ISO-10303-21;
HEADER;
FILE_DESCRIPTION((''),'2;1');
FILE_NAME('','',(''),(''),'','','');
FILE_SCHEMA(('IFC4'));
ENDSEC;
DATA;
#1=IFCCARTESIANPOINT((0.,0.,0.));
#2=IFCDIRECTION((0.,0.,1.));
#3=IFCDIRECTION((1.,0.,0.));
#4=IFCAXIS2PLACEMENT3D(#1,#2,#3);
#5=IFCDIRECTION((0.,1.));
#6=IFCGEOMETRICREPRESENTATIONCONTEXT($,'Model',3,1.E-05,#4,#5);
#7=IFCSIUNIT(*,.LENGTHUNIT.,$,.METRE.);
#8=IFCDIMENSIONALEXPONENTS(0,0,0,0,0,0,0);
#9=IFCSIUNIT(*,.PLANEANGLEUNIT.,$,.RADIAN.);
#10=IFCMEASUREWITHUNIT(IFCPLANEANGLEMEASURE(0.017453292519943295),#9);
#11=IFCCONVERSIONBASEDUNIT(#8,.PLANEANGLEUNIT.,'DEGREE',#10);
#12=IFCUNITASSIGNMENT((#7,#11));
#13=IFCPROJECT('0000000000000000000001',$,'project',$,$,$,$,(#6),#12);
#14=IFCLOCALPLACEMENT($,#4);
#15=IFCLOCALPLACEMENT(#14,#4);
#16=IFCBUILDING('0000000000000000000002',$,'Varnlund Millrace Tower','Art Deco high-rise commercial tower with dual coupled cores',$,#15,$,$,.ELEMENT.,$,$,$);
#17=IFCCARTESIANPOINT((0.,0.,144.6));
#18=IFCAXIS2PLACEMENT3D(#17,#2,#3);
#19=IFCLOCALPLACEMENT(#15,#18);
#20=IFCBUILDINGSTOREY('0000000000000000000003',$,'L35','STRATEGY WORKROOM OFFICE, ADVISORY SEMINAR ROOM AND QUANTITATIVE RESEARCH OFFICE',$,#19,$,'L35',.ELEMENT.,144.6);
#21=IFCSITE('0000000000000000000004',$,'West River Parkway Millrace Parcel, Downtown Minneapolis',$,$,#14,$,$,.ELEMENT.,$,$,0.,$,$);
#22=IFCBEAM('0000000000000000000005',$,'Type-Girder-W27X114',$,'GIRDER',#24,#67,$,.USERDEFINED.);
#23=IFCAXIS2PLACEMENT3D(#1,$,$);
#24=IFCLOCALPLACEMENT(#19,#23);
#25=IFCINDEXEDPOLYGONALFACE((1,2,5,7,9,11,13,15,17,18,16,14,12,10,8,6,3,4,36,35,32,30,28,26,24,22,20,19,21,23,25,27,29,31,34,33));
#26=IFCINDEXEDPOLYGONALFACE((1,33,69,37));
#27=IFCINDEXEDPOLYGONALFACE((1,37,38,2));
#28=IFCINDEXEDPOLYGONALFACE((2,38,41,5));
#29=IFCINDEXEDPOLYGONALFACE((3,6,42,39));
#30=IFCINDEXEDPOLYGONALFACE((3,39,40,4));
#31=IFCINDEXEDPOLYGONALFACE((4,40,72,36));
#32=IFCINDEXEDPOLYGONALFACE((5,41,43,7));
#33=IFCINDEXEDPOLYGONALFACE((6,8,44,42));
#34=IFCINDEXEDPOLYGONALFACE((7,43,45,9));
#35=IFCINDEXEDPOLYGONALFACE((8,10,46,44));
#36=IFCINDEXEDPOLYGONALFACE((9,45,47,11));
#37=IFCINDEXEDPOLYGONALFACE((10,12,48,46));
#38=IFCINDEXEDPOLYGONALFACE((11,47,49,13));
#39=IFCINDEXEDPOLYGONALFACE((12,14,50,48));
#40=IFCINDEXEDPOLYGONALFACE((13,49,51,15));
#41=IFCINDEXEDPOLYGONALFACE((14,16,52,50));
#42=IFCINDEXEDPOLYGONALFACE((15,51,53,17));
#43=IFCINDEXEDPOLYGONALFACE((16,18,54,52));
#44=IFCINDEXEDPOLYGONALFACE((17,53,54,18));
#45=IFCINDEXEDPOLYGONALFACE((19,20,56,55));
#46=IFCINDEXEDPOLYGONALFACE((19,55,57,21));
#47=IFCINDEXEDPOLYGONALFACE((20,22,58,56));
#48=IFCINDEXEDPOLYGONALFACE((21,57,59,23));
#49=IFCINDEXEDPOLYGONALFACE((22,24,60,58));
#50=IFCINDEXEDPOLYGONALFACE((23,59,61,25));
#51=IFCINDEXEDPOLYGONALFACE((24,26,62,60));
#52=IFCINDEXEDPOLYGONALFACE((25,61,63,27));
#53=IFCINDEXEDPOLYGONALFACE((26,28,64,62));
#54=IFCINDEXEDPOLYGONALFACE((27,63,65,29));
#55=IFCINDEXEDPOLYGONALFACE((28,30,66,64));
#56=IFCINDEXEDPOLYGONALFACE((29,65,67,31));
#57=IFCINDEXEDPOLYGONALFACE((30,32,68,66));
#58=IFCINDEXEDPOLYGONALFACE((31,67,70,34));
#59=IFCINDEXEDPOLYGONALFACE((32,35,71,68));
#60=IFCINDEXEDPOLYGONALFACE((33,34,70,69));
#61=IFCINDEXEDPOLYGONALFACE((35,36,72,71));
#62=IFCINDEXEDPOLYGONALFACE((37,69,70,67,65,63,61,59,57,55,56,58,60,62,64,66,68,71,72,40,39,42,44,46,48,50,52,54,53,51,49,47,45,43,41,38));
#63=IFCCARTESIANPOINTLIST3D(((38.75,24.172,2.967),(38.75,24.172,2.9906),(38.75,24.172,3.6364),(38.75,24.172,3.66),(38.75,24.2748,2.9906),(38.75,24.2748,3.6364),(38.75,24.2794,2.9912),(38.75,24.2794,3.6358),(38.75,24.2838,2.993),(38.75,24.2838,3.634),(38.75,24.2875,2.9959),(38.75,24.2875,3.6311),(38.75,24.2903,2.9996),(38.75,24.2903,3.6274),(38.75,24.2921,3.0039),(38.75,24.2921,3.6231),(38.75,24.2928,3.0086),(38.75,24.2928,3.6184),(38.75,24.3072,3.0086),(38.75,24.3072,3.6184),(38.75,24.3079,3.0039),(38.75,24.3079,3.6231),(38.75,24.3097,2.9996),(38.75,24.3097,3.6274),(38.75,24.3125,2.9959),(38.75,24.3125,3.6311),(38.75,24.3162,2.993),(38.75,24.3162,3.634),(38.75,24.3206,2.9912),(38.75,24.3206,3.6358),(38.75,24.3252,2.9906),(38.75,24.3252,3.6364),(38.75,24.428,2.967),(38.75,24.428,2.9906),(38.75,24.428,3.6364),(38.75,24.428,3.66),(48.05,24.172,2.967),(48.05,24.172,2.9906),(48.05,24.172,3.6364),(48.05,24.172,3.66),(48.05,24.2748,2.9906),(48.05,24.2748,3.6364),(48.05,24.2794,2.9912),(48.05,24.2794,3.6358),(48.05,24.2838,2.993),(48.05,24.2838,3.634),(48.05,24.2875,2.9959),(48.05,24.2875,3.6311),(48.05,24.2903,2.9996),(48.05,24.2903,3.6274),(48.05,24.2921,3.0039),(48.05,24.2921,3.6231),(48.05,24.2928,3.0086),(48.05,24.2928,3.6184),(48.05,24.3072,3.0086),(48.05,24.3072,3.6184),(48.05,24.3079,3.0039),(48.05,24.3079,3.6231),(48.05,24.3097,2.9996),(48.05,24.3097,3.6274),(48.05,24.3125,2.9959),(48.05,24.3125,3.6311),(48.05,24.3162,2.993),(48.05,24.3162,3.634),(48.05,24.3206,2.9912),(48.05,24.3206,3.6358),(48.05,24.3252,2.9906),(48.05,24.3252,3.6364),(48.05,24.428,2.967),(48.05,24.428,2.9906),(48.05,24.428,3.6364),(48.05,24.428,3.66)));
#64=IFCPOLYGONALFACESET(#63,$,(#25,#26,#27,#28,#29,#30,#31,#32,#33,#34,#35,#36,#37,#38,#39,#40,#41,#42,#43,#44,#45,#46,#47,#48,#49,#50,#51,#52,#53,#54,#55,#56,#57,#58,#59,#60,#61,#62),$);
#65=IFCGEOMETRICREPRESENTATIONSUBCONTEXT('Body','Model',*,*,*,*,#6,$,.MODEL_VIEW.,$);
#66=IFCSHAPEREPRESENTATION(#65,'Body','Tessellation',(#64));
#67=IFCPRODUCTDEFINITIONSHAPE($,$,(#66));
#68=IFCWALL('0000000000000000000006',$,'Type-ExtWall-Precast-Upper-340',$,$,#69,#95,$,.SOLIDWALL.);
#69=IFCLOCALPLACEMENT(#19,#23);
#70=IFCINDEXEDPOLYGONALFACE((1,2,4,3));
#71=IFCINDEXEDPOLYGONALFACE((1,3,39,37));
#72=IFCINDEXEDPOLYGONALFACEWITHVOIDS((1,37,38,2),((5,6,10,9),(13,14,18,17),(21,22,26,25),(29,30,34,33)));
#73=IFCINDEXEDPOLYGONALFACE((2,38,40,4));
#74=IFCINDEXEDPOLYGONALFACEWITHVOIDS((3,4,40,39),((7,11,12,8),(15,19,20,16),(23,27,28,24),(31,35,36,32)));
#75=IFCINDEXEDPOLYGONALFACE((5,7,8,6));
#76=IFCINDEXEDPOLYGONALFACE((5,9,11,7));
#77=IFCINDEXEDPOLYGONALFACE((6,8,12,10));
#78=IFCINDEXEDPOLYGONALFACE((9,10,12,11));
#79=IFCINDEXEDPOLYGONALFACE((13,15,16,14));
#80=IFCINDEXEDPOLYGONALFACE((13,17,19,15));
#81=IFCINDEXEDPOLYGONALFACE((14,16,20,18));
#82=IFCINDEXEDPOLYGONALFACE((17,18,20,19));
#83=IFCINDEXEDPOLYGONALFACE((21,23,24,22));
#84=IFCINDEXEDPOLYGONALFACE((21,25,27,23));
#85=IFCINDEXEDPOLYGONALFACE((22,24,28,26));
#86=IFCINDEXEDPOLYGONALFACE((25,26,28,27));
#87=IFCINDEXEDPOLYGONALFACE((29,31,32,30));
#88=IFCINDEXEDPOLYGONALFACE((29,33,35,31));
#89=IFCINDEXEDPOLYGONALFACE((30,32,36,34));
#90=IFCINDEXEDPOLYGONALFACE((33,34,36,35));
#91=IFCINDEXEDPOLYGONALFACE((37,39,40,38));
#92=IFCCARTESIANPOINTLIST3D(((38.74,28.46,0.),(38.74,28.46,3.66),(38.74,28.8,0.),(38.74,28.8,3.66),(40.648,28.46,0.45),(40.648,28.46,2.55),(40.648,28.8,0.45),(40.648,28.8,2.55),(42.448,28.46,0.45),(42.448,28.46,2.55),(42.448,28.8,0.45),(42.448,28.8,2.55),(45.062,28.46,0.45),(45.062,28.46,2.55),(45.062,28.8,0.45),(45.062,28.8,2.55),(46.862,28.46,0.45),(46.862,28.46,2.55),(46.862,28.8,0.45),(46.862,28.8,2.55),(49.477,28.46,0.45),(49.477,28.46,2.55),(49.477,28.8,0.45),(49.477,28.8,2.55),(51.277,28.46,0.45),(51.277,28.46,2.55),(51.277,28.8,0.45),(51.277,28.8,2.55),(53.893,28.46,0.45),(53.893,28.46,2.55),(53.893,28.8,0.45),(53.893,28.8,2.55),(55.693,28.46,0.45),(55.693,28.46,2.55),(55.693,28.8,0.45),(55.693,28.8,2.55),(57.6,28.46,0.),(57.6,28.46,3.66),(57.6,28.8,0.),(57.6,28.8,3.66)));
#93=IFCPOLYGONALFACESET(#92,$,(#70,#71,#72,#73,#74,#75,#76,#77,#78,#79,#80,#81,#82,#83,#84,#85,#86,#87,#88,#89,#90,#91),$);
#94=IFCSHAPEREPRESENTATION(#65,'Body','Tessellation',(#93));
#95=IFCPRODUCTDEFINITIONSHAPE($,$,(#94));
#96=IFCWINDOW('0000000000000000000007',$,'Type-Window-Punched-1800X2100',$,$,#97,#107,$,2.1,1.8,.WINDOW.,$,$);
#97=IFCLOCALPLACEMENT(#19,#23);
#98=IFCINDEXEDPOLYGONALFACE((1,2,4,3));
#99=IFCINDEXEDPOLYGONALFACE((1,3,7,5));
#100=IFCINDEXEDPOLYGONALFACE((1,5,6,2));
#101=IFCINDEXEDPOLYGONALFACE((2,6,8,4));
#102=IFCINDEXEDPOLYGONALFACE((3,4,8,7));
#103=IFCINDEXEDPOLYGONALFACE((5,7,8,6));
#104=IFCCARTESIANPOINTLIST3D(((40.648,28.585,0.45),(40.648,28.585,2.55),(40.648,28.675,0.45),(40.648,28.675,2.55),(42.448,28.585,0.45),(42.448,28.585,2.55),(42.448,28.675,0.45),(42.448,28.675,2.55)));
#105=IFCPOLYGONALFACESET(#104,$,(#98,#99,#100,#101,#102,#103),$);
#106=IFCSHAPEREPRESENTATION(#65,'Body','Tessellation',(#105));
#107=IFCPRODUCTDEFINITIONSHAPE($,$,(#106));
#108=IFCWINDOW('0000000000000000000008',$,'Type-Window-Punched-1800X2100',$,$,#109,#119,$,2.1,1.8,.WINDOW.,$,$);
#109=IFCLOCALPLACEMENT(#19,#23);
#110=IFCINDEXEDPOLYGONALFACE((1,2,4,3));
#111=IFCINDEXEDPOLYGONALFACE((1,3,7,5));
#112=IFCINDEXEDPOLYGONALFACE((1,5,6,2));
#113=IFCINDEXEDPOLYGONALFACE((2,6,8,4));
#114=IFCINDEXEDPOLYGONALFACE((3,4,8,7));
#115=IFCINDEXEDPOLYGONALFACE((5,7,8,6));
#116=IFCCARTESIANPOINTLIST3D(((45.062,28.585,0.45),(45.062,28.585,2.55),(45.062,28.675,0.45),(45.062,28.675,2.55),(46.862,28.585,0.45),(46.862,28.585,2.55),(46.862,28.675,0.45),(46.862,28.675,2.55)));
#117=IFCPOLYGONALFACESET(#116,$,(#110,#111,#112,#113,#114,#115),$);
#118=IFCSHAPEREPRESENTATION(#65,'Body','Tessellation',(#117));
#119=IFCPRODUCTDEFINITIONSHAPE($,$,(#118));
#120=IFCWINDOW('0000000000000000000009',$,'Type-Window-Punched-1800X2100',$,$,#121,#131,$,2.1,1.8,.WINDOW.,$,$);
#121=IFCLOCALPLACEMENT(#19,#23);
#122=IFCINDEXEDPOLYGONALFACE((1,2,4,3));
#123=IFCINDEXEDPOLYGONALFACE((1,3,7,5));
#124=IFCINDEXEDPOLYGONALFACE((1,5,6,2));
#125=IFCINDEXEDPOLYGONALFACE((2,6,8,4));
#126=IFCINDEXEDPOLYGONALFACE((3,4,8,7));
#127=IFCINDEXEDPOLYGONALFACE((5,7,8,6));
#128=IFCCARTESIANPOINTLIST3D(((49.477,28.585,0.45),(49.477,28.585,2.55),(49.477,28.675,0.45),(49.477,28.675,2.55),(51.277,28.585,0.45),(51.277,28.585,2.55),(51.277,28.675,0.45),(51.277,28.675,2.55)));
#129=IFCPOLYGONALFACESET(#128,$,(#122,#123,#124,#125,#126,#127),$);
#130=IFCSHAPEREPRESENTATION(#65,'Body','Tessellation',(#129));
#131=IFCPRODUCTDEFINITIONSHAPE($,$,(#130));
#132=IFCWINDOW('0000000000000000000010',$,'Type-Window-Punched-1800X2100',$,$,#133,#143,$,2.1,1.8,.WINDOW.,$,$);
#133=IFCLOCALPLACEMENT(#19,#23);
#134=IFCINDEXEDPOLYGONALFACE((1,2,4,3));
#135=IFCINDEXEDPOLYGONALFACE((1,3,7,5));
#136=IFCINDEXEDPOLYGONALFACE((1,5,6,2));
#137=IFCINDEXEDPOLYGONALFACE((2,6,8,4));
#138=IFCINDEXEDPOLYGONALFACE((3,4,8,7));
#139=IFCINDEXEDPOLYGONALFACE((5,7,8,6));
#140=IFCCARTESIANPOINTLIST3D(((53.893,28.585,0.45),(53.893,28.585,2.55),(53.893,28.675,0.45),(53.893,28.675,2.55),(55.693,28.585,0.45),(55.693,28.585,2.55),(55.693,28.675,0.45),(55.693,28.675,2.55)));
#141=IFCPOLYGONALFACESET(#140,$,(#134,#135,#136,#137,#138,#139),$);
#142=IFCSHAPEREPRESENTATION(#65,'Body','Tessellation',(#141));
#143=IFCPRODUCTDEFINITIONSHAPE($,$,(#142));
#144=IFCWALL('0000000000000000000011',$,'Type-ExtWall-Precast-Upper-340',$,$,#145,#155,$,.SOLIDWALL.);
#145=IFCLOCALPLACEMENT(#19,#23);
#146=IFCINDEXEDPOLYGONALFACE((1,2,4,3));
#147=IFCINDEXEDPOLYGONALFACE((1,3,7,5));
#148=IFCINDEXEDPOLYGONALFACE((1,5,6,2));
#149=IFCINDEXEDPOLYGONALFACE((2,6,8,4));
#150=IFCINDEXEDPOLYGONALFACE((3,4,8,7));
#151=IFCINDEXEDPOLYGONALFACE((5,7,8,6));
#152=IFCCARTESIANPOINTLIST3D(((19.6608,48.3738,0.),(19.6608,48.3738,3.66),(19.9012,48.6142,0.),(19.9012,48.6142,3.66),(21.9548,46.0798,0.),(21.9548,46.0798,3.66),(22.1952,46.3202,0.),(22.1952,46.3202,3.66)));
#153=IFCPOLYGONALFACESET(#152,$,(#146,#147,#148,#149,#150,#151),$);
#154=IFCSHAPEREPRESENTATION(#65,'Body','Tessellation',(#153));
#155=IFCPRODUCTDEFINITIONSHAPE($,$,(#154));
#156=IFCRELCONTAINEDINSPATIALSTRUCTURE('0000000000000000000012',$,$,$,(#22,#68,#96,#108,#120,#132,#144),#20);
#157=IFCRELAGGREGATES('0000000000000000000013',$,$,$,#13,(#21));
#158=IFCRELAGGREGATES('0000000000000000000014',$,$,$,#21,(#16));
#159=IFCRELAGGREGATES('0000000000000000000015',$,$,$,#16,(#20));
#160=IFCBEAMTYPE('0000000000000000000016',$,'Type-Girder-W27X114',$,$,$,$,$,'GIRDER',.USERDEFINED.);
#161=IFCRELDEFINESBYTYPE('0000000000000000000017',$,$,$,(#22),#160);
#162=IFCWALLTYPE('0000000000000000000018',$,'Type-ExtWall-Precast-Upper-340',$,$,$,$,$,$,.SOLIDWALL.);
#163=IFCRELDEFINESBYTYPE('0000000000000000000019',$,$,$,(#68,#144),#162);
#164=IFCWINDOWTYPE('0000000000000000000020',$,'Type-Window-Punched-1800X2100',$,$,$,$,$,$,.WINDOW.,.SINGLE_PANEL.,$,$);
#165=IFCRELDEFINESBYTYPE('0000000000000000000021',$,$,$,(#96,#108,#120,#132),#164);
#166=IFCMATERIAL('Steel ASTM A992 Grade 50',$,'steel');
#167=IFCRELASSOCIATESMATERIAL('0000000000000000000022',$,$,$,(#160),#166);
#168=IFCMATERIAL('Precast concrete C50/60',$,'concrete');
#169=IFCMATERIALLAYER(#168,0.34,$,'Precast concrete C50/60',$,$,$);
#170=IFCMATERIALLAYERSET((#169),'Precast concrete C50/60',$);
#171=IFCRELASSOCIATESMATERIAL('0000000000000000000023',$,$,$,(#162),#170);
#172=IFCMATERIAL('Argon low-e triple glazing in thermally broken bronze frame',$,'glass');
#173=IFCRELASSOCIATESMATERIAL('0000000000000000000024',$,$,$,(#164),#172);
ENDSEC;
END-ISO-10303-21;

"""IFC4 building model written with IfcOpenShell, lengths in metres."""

from ifc_helpers import new_model, entity, si_unit, converted_unit, direction, frame, origin_with_axes, origin_2d_with_axis, place, context, subcontext, project, spatial, polyline, rectangle, i_section, outline, extrude, material, layer, layer_set, material_profile, profile_set, type_object, element, fill, save


model = new_model("IFC4")

# Units and contexts
model_context = context("Model", 3, precision=1e-05, world=origin_with_axes(), true_north=direction((0.0, 1.0)))
body_context = subcontext(model_context, "Body", "Model", "MODEL_VIEW")
ifc_project = project(units=[si_unit("LENGTHUNIT", "METRE"), converted_unit("PLANEANGLEUNIT", "DEGREE", entity("IfcPlaneAngleMeasure", 0.017453292519943295), si_unit("PLANEANGLEUNIT", "RADIAN"), dimensions=[0, 0, 0, 0, 0, 0, 0])], contexts=[model_context])

# Site, building, storey
site_placement = place(None, origin_with_axes())
site = spatial("IfcSite", under=ifc_project, at=site_placement, Name="West River Parkway Millrace Parcel, Downtown Minneapolis", CompositionType="ELEMENT", RefElevation=0.0)
building_placement = place(site_placement, origin_with_axes())
building = spatial("IfcBuilding", under=site, at=building_placement, Name="Varnlund Millrace Tower", Description="Art Deco high-rise commercial tower with dual coupled cores", CompositionType="ELEMENT")
storey_placement = place(building_placement, frame((0.0, 0.0, 144.6), z_axis=(0.0, 0.0, 1.0), x_axis=(1.0, 0.0, 0.0)))
storey = spatial("IfcBuildingStorey", under=building, at=storey_placement, Name="L35", Description="STRATEGY WORKROOM OFFICE, ADVISORY SEMINAR ROOM AND QUANTITATIVE RESEARCH OFFICE", LongName="L35", CompositionType="ELEMENT", Elevation=144.6)

# Beam
ifc_material_1 = material(Name="Steel ASTM A992 Grade 50", Category="steel")
ifc_material_profile_1 = material_profile(ifc_material_1, i_section(OverallWidth=0.256, OverallDepth=0.693, WebThickness=0.0145, FlangeThickness=0.0236, FilletRadius=0.018, at=origin_2d_with_axis()), Name="Steel ASTM A992 Grade 50")
ifc_profile_set_1 = profile_set([ifc_material_profile_1], Name="Steel ASTM A992 Grade 50")
beam_type_1 = type_object("IfcBeamType", Name="Type-Girder-W27X114", ElementType="GIRDER", PredefinedType="USERDEFINED", material=ifc_profile_set_1)
beam_1_placement = place(storey_placement, frame((38.75, 24.3, 3.3135), z_axis=(1.0, 0.0, 0.0), x_axis=(0.0, 1.0, 0.0)))
element("IfcBeam", 1, at=beam_1_placement, inside=storey, type_object=beam_type_1, Name="Type-Girder-W27X114", ObjectType="GIRDER", PredefinedType="USERDEFINED", context=body_context, shape_type="SweptSolid", body=[
    extrude(i_section(OverallWidth=0.256, OverallDepth=0.693, WebThickness=0.0145, FlangeThickness=0.0236, FilletRadius=0.018, at=origin_2d_with_axis()), origin_with_axes(), (0.0, 0.0, 1.0), 9.3),
])

# Wall, openings, windows
ifc_material_2 = material(Name="Precast concrete C50/60", Category="concrete")
ifc_layer_1 = layer(ifc_material_2, 0.34, Name="Precast concrete C50/60")
ifc_layer_set_1 = layer_set([ifc_layer_1], Name="Precast concrete C50/60")
wall_type_1 = type_object("IfcWallType", Name="Type-ExtWall-Precast-Upper-340", PredefinedType="SOLIDWALL", material=ifc_layer_set_1)
wall_1_placement = place(storey_placement, frame((38.74, 28.63, 0.0), z_axis=(0.0, 0.0, 1.0), x_axis=(1.0, 0.0, 0.0)))
wall_1 = element("IfcWall", 2, at=wall_1_placement, inside=storey, type_object=wall_type_1, Name="Type-ExtWall-Precast-Upper-340", PredefinedType="SOLIDWALL", context=body_context, shape_type="SweptSolid", body=[
    extrude(outline(polyline([(0.0, -0.17), (18.86, -0.17), (18.86, 0.17), (0.0, 0.17), (0.0, -0.17)])), origin_with_axes(), (0.0, 0.0, 1.0), 3.66),
])
opening_1_placement = place(wall_1_placement, frame((2.808, 0.0, 0.45), z_axis=(0.0, 0.0, 1.0), x_axis=(1.0, 0.0, 0.0)))
opening_1 = element("IfcOpeningElement", 3, at=opening_1_placement, cuts=wall_1, PredefinedType="OPENING", context=body_context, shape_type="SweptSolid", body=[
    extrude(rectangle(XDim=1.8, YDim=0.36, at=origin_2d_with_axis()), origin_with_axes(), (0.0, 0.0, 1.0), 2.1),
])
opening_2_placement = place(wall_1_placement, frame((7.222, 0.0, 0.45), z_axis=(0.0, 0.0, 1.0), x_axis=(1.0, 0.0, 0.0)))
opening_2 = element("IfcOpeningElement", 4, at=opening_2_placement, cuts=wall_1, PredefinedType="OPENING", context=body_context, shape_type="SweptSolid", body=[
    extrude(rectangle(XDim=1.8, YDim=0.36, at=origin_2d_with_axis()), origin_with_axes(), (0.0, 0.0, 1.0), 2.1),
])
opening_3_placement = place(wall_1_placement, frame((11.637, 0.0, 0.45), z_axis=(0.0, 0.0, 1.0), x_axis=(1.0, 0.0, 0.0)))
opening_3 = element("IfcOpeningElement", 5, at=opening_3_placement, cuts=wall_1, PredefinedType="OPENING", context=body_context, shape_type="SweptSolid", body=[
    extrude(rectangle(XDim=1.8, YDim=0.36, at=origin_2d_with_axis()), origin_with_axes(), (0.0, 0.0, 1.0), 2.1),
])
opening_4_placement = place(wall_1_placement, frame((16.053, 0.0, 0.45), z_axis=(0.0, 0.0, 1.0), x_axis=(1.0, 0.0, 0.0)))
opening_4 = element("IfcOpeningElement", 6, at=opening_4_placement, cuts=wall_1, PredefinedType="OPENING", context=body_context, shape_type="SweptSolid", body=[
    extrude(rectangle(XDim=1.8, YDim=0.36, at=origin_2d_with_axis()), origin_with_axes(), (0.0, 0.0, 1.0), 2.1),
])
ifc_material_3 = material(Name="Argon low-e triple glazing in thermally broken bronze frame", Category="glass")
window_type_1 = type_object("IfcWindowType", Name="Type-Window-Punched-1800X2100", PartitioningType="SINGLE_PANEL", PredefinedType="WINDOW", material=ifc_material_3)
window_1_placement = place(wall_1_placement, frame((2.808, 0.0, 0.45), z_axis=(0.0, 0.0, 1.0), x_axis=(1.0, 0.0, 0.0)))
window_1 = element("IfcWindow", 7, at=window_1_placement, inside=storey, type_object=window_type_1, Name="Type-Window-Punched-1800X2100", OverallHeight=2.1, OverallWidth=1.8, PredefinedType="WINDOW", context=body_context, shape_type="SweptSolid", body=[
    extrude(rectangle(XDim=1.8, YDim=0.09, at=origin_2d_with_axis()), origin_with_axes(), (0.0, 0.0, 1.0), 2.1),
])
fill(opening_1, window_1)
window_2_placement = place(wall_1_placement, frame((7.222, 0.0, 0.45), z_axis=(0.0, 0.0, 1.0), x_axis=(1.0, 0.0, 0.0)))
window_2 = element("IfcWindow", 8, at=window_2_placement, inside=storey, type_object=window_type_1, Name="Type-Window-Punched-1800X2100", OverallHeight=2.1, OverallWidth=1.8, PredefinedType="WINDOW", context=body_context, shape_type="SweptSolid", body=[
    extrude(rectangle(XDim=1.8, YDim=0.09, at=origin_2d_with_axis()), origin_with_axes(), (0.0, 0.0, 1.0), 2.1),
])
fill(opening_2, window_2)
window_3_placement = place(wall_1_placement, frame((11.637, 0.0, 0.45), z_axis=(0.0, 0.0, 1.0), x_axis=(1.0, 0.0, 0.0)))
window_3 = element("IfcWindow", 9, at=window_3_placement, inside=storey, type_object=window_type_1, Name="Type-Window-Punched-1800X2100", OverallHeight=2.1, OverallWidth=1.8, PredefinedType="WINDOW", context=body_context, shape_type="SweptSolid", body=[
    extrude(rectangle(XDim=1.8, YDim=0.09, at=origin_2d_with_axis()), origin_with_axes(), (0.0, 0.0, 1.0), 2.1),
])
fill(opening_3, window_3)
window_4_placement = place(wall_1_placement, frame((16.053, 0.0, 0.45), z_axis=(0.0, 0.0, 1.0), x_axis=(1.0, 0.0, 0.0)))
window_4 = element("IfcWindow", 10, at=window_4_placement, inside=storey, type_object=window_type_1, Name="Type-Window-Punched-1800X2100", OverallHeight=2.1, OverallWidth=1.8, PredefinedType="WINDOW", context=body_context, shape_type="SweptSolid", body=[
    extrude(rectangle(XDim=1.8, YDim=0.09, at=origin_2d_with_axis()), origin_with_axes(), (0.0, 0.0, 1.0), 2.1),
])
fill(opening_4, window_4)

# Wall
wall_2_placement = place(storey_placement, frame((19.781, 48.494, 0.0), z_axis=(0.0, 0.0, 1.0), x_axis=(0.707107, -0.707107, 0.0)))
element("IfcWall", 11, at=wall_2_placement, inside=storey, type_object=wall_type_1, Name="Type-ExtWall-Precast-Upper-340", PredefinedType="SOLIDWALL", context=body_context, shape_type="SweptSolid", body=[
    extrude(outline(polyline([(0.0, -0.17), (3.2442, -0.17), (3.2442, 0.17), (0.0, 0.17), (0.0, -0.17)])), origin_with_axes(), (0.0, 0.0, 1.0), 3.66),
])

save(model, "model.ifc")
